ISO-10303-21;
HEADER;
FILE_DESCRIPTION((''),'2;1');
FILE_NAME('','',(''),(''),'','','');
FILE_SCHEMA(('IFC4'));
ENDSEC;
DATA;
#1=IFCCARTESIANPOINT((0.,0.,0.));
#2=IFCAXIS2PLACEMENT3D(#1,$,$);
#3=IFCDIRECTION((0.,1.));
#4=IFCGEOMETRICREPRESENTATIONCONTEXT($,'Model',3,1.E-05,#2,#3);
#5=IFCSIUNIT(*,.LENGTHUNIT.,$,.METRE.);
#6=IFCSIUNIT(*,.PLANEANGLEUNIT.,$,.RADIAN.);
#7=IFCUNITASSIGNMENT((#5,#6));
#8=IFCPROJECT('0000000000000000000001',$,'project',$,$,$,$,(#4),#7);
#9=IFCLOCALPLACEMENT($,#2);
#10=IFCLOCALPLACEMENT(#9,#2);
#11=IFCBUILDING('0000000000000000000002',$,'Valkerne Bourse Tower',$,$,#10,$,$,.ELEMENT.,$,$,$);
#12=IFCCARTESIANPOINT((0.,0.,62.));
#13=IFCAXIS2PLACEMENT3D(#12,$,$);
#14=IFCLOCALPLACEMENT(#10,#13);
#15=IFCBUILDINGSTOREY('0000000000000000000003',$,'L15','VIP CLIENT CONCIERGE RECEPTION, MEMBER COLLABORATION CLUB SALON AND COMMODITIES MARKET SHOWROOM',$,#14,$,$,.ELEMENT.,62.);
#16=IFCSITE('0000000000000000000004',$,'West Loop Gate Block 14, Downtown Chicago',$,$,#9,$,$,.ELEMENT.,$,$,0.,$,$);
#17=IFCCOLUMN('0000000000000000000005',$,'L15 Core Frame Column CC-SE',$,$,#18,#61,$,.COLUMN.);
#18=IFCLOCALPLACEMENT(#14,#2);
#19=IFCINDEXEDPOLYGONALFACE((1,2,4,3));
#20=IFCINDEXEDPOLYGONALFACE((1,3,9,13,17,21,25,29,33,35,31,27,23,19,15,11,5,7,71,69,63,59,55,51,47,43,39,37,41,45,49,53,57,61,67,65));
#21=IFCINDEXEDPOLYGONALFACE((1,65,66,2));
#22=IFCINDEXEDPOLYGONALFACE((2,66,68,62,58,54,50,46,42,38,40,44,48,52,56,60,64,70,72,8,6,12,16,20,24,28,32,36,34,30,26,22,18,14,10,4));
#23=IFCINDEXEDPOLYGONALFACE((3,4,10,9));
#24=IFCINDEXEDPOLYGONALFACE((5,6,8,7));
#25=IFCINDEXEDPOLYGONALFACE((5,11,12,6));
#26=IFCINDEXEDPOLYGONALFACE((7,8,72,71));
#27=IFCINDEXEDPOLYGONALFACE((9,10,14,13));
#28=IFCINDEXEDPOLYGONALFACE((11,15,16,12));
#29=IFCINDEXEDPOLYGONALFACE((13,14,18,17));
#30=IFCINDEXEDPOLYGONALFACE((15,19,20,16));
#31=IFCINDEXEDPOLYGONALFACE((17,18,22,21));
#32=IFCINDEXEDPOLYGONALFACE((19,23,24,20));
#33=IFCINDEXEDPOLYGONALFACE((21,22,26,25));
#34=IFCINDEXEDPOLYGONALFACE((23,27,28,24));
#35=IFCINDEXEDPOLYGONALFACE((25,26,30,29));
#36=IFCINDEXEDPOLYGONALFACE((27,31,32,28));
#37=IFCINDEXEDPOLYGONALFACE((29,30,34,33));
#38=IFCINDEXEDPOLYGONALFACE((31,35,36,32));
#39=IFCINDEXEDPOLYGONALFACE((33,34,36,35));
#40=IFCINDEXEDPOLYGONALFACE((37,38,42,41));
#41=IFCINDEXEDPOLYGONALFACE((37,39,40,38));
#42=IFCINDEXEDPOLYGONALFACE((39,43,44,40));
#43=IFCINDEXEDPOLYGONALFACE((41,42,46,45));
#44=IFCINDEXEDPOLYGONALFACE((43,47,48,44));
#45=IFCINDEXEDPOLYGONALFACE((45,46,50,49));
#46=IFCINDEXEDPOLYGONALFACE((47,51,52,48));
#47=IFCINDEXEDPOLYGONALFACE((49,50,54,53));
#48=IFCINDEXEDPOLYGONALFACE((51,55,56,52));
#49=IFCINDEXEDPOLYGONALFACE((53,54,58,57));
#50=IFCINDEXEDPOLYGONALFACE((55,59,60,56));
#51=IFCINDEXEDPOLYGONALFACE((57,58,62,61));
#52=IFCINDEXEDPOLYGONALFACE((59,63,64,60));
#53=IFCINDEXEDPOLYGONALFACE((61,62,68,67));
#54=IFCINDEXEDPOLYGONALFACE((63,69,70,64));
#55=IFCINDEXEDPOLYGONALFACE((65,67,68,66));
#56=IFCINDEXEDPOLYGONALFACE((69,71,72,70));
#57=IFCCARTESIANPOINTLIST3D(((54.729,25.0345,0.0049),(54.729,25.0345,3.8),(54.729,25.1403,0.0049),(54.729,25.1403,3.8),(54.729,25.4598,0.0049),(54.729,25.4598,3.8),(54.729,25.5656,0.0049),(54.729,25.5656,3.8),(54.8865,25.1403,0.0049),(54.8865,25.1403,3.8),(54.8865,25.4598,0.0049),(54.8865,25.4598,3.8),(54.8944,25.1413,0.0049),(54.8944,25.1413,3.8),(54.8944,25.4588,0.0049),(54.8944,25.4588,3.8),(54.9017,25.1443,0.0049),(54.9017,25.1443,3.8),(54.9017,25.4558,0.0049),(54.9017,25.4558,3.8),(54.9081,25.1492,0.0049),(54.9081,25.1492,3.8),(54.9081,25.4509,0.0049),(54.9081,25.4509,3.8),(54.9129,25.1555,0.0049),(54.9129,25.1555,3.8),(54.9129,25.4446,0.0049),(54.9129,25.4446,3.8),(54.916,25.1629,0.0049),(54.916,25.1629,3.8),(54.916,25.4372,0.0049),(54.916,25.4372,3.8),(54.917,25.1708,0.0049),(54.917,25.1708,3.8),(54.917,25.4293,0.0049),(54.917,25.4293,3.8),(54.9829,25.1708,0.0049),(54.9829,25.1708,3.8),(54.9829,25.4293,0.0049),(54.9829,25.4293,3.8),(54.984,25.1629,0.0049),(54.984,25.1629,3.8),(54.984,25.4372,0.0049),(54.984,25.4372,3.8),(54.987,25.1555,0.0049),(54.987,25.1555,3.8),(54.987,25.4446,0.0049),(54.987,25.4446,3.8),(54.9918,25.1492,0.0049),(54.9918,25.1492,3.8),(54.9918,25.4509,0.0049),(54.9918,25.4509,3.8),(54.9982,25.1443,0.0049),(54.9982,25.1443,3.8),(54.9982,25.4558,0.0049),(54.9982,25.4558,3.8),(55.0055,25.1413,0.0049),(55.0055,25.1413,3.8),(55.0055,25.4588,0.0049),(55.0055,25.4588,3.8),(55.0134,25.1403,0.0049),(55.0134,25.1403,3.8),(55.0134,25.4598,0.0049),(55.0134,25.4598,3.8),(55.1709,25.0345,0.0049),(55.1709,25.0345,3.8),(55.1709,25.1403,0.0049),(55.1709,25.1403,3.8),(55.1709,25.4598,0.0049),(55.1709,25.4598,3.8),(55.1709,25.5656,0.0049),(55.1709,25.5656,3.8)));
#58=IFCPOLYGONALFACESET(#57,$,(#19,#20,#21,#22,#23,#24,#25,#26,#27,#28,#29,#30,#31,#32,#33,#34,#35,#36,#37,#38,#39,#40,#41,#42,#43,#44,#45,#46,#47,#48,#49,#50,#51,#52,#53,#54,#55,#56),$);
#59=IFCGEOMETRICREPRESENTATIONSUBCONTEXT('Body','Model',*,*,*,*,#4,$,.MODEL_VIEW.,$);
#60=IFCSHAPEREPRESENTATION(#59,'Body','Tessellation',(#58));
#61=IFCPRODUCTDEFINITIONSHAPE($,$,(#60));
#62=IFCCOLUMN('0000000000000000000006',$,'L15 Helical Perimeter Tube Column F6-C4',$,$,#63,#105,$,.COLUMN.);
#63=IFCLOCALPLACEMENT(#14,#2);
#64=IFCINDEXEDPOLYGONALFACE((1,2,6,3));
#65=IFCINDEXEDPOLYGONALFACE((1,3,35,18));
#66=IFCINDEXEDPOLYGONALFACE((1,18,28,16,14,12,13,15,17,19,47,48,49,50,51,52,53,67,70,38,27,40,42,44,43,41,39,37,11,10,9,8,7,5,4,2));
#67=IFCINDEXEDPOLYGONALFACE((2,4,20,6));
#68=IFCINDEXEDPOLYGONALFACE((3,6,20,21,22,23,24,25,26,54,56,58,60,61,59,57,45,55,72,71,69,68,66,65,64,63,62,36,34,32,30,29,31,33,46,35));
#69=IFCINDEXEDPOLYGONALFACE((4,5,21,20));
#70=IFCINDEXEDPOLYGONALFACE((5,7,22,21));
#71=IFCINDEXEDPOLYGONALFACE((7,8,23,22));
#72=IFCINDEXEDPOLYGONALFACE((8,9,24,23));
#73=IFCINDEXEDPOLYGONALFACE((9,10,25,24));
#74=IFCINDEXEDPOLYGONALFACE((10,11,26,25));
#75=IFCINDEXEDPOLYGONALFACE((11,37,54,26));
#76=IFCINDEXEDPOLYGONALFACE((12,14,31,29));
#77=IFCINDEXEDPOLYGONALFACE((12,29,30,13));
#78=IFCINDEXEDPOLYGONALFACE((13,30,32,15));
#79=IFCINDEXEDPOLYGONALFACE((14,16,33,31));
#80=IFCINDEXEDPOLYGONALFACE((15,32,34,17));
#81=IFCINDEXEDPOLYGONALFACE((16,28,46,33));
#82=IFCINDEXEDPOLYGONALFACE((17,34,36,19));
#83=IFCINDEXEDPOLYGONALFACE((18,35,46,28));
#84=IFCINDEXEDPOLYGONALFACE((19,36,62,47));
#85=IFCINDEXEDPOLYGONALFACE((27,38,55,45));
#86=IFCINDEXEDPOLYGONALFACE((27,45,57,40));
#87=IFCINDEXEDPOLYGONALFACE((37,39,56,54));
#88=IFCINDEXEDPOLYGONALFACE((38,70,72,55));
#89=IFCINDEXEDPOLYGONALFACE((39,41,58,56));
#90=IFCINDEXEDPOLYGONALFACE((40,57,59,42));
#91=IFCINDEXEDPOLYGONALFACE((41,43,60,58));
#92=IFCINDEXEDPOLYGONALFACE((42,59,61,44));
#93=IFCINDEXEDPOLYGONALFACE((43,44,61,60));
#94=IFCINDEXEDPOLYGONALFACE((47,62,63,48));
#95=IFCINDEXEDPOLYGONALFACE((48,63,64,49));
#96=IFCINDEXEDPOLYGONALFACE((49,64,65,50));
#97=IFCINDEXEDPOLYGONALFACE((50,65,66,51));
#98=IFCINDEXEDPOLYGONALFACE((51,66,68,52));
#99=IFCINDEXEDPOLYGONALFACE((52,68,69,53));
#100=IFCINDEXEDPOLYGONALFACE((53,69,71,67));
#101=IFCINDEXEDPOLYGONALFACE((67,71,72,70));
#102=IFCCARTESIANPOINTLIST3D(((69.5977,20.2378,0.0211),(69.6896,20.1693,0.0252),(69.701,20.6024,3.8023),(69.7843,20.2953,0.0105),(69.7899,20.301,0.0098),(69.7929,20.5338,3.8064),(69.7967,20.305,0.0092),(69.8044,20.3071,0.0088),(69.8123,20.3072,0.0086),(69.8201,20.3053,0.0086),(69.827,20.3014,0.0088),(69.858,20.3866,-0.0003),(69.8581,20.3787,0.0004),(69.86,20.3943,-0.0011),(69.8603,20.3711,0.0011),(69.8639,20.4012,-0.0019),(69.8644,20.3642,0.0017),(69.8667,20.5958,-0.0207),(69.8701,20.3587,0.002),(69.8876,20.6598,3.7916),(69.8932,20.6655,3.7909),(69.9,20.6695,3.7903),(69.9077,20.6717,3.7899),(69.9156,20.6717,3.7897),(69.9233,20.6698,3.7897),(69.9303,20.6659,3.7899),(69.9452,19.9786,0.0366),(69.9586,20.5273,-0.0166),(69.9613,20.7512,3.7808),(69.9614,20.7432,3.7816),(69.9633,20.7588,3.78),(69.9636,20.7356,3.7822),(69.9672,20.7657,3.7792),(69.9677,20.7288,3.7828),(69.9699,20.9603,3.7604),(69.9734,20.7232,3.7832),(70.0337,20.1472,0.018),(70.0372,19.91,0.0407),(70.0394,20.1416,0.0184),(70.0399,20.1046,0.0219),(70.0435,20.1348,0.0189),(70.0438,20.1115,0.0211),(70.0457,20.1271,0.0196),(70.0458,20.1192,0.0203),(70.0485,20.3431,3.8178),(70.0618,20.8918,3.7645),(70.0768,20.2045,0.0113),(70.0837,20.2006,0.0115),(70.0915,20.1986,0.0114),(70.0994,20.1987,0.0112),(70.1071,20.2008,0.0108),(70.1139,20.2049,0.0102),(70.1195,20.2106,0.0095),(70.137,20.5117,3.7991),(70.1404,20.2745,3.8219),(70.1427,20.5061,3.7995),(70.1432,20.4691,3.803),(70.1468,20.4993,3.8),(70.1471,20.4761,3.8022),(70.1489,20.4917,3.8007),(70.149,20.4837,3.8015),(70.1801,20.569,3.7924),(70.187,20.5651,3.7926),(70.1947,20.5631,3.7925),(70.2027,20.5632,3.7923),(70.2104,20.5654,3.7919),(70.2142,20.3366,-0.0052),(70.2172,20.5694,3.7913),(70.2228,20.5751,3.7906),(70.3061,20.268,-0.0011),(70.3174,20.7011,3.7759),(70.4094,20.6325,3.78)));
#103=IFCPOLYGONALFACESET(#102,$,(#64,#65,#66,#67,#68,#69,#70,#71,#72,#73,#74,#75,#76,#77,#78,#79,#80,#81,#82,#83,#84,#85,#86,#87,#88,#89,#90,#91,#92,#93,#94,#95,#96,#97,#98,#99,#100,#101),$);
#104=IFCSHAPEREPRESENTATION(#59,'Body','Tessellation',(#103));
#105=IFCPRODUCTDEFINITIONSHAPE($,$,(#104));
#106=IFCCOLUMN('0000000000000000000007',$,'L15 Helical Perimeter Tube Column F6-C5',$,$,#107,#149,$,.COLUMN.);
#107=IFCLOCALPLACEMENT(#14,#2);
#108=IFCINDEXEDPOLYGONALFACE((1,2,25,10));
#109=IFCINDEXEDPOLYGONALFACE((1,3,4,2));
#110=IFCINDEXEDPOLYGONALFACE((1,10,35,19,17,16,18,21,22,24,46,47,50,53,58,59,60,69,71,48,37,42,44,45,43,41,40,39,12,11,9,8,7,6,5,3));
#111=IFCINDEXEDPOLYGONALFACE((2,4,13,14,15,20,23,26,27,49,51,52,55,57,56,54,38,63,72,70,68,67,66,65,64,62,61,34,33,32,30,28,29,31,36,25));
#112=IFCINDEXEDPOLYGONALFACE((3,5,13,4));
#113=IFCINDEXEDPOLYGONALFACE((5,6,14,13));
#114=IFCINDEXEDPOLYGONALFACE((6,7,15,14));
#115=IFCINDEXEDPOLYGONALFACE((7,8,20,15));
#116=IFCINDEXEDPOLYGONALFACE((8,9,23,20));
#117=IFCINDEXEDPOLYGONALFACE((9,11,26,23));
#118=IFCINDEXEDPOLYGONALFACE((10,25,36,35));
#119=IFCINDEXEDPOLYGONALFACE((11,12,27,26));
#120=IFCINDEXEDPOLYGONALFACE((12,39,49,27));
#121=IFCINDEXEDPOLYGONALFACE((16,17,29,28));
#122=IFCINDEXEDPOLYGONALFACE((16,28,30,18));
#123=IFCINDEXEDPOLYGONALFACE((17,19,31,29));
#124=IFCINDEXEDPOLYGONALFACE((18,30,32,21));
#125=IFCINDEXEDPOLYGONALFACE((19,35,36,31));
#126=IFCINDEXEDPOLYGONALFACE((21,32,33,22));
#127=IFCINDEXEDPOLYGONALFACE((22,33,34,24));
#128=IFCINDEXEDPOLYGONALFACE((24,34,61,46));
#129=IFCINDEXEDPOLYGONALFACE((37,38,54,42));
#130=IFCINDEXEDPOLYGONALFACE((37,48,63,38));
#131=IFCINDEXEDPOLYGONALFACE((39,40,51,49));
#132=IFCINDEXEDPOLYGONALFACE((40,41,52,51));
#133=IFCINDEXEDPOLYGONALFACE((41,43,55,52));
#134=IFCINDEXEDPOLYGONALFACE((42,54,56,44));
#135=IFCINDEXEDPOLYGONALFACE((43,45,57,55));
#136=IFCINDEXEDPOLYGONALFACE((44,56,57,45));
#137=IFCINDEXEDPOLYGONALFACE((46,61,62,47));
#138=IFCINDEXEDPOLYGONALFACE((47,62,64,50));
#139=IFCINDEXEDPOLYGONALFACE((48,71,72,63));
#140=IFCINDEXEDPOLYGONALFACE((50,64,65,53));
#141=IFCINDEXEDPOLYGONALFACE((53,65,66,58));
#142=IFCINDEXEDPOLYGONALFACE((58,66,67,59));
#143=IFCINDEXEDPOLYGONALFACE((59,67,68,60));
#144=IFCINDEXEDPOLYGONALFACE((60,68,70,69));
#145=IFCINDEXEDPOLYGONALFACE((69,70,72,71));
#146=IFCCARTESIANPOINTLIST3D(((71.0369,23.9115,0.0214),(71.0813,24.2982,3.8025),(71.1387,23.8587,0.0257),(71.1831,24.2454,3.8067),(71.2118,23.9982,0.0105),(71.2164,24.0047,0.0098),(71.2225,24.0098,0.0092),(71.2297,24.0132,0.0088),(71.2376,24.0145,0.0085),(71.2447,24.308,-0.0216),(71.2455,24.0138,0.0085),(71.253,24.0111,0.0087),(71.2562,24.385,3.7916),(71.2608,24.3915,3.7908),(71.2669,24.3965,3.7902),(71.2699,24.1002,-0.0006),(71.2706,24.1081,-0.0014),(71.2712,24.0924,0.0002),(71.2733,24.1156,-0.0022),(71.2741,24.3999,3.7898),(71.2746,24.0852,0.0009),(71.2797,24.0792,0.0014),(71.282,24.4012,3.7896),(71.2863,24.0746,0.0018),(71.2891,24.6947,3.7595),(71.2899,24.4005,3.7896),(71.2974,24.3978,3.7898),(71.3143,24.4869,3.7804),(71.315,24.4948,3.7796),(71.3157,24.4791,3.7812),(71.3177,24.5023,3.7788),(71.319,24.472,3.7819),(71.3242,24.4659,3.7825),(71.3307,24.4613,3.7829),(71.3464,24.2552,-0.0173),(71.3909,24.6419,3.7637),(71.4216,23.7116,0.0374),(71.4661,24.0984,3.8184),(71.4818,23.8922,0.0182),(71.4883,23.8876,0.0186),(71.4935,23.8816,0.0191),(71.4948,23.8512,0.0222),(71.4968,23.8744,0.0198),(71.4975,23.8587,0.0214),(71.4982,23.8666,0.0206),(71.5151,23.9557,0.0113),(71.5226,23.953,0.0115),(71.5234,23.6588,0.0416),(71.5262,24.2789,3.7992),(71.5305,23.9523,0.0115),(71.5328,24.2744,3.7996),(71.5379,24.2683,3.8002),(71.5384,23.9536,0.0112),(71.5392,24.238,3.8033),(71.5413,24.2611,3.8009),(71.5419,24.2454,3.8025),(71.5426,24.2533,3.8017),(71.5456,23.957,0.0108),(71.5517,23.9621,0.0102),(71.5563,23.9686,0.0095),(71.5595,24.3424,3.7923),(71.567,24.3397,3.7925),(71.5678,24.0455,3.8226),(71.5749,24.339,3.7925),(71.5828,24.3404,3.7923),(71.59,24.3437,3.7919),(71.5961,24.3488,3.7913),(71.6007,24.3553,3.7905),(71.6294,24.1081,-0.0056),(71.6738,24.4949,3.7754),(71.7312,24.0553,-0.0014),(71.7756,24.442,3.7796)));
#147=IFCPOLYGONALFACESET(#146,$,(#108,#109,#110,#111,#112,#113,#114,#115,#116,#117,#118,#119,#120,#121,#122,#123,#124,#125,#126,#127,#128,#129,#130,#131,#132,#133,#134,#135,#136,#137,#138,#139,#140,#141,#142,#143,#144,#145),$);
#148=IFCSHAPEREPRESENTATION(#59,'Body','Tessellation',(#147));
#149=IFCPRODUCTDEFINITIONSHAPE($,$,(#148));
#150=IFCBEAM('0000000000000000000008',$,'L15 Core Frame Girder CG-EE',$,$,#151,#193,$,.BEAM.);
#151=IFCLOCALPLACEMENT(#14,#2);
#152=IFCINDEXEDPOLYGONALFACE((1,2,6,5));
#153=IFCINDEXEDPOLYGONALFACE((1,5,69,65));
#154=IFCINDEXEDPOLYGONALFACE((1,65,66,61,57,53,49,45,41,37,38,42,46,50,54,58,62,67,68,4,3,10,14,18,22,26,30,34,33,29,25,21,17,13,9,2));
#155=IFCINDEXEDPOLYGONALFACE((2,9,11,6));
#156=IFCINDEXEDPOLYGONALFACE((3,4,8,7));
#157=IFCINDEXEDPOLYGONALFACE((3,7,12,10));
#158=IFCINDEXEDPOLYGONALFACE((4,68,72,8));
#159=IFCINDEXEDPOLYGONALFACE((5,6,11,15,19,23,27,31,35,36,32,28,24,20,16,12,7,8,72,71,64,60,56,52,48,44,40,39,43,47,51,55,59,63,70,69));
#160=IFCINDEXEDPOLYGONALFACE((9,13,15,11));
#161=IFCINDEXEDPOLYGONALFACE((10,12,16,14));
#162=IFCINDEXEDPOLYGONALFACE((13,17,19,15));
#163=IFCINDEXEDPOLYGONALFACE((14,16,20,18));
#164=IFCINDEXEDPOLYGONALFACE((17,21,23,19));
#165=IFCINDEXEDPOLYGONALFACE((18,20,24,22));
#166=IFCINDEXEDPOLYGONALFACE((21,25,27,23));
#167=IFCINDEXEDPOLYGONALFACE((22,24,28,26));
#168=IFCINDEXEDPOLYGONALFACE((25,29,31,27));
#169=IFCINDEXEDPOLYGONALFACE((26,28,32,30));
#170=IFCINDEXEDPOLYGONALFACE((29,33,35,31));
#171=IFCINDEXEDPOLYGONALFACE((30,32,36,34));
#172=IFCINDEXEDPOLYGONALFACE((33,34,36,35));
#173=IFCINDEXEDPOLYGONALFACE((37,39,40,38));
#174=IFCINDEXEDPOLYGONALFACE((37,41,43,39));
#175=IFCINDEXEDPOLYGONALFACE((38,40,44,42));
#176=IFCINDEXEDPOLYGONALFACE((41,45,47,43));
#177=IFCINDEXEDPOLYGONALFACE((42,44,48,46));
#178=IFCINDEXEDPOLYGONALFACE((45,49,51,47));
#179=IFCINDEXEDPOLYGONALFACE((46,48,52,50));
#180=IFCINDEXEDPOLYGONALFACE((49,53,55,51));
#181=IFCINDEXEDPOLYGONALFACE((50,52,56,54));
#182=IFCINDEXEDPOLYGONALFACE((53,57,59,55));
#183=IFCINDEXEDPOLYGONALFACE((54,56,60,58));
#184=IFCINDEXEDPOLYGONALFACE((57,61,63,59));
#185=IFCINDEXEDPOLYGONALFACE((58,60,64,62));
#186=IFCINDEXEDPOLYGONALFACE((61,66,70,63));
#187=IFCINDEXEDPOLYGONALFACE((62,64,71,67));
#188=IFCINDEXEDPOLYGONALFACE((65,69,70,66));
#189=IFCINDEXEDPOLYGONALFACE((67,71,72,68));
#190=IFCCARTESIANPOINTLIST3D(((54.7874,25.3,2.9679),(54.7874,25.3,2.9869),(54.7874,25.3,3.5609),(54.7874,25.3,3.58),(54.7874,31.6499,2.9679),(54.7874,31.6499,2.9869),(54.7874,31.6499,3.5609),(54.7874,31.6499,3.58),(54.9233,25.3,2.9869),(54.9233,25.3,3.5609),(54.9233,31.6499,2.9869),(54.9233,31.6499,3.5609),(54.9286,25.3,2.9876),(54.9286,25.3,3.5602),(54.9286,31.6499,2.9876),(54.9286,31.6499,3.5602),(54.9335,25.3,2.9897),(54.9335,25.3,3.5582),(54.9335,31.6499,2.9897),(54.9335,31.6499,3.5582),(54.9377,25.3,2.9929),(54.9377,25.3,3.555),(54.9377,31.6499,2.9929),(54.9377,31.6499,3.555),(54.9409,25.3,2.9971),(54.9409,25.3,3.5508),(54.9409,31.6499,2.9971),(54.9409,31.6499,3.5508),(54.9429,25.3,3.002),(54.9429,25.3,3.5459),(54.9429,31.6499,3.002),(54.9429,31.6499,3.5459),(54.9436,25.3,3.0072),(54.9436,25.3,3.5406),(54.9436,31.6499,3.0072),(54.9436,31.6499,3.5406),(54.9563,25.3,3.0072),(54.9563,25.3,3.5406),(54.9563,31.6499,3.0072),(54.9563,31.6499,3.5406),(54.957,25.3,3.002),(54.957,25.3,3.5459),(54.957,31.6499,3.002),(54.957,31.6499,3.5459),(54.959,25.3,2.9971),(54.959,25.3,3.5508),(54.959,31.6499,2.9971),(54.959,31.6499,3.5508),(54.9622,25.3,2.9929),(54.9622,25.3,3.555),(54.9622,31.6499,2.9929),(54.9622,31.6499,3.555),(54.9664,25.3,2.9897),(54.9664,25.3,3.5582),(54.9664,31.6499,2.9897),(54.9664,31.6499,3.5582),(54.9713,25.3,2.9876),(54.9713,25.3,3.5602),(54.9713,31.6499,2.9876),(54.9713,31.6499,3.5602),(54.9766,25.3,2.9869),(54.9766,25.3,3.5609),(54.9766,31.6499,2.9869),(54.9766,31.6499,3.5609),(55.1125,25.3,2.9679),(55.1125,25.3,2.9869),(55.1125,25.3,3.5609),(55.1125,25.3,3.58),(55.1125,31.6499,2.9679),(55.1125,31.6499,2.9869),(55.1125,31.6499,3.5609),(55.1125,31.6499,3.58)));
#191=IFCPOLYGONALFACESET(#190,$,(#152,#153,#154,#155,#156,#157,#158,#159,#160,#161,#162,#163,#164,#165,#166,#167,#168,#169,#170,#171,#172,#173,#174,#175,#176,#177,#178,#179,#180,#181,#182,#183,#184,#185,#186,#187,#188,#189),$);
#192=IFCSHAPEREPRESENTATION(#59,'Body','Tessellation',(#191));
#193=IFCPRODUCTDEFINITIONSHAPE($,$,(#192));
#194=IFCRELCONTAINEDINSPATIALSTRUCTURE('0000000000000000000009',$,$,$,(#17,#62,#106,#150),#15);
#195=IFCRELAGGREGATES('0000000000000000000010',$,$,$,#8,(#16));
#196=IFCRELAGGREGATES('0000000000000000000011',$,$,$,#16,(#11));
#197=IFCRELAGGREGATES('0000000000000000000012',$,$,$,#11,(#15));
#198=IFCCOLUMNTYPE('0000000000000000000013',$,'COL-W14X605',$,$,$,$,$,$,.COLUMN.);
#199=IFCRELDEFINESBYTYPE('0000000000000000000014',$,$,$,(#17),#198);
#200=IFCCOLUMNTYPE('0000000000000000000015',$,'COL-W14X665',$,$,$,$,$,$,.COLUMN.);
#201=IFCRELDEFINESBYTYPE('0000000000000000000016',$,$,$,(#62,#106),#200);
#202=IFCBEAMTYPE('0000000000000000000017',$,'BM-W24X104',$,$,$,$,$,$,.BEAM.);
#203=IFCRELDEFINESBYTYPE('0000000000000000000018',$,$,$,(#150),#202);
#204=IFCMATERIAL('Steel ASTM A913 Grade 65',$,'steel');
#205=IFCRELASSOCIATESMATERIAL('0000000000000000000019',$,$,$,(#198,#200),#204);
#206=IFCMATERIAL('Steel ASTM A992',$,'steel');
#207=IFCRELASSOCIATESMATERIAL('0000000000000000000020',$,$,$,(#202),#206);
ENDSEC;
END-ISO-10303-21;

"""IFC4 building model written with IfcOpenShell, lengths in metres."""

from ifc_helpers import new_model, si_unit, direction, frame, origin, origin_2d, place, context, subcontext, project, spatial, i_section, extrude, material, material_profile, profile_set, type_object, element, save


model = new_model("IFC4")

# Units and contexts
model_context = context("Model", 3, precision=1e-05, world=origin(), true_north=direction((0.0, 1.0)))
body_context = subcontext(model_context, "Body", "Model", "MODEL_VIEW")
ifc_project = project(units=[si_unit("LENGTHUNIT", "METRE"), si_unit("PLANEANGLEUNIT", "RADIAN")], contexts=[model_context])

# Site, building, storey
site_placement = place(None, origin())
site = spatial("IfcSite", under=ifc_project, at=site_placement, Name="West Loop Gate Block 14, Downtown Chicago", CompositionType="ELEMENT", RefElevation=0.0)
building_placement = place(site_placement, origin())
building = spatial("IfcBuilding", under=site, at=building_placement, Name="Valkerne Bourse Tower", CompositionType="ELEMENT")
storey_placement = place(building_placement, frame((0.0, 0.0, 62.0)))
storey = spatial("IfcBuildingStorey", under=building, at=storey_placement, Name="L15", Description="VIP CLIENT CONCIERGE RECEPTION, MEMBER COLLABORATION CLUB SALON AND COMMODITIES MARKET SHOWROOM", CompositionType="ELEMENT", Elevation=62.0)

# Columns
ifc_material_1 = material(Name="Steel ASTM A913 Grade 65", Category="steel")
ifc_material_profile_1 = material_profile(ifc_material_1, i_section(OverallWidth=0.4419, OverallDepth=0.531, WebThickness=0.0659, FlangeThickness=0.1057, FilletRadius=0.0305, at=origin_2d()), Name="W14X605")
ifc_profile_set_1 = profile_set([ifc_material_profile_1], Name="Steel ASTM A913 Grade 65")
column_type_1 = type_object("IfcColumnType", Name="COL-W14X605", PredefinedType="COLUMN", material=ifc_profile_set_1)
column_1_placement = place(storey_placement, frame((54.95, 25.3, 0.0049), z_axis=(0.0, 0.0, 1.0), x_axis=(1.0, 0.0, 0.0)))
element("IfcColumn", 1, at=column_1_placement, inside=storey, type_object=column_type_1, Name="L15 Core Frame Column CC-SE", PredefinedType="COLUMN", context=body_context, shape_type="SweptSolid", body=[
    extrude(i_section(OverallWidth=0.4419, OverallDepth=0.531, WebThickness=0.0659, FlangeThickness=0.1057, FilletRadius=0.0305, at=origin_2d()), origin(), (0.0, 0.0, 1.0), 3.7952),
])
ifc_material_profile_2 = material_profile(ifc_material_1, i_section(OverallWidth=0.4497, OverallDepth=0.5486, WebThickness=0.072, FlangeThickness=0.1147, FilletRadius=0.0305, at=origin_2d()), Name="W14X665")
ifc_profile_set_2 = profile_set([ifc_material_profile_2], Name="Steel ASTM A913 Grade 65")
column_type_2 = type_object("IfcColumnType", Name="COL-W14X665", PredefinedType="COLUMN", material=ifc_profile_set_2)
column_2_placement = place(storey_placement, frame((69.9519, 20.2529, 0.01), z_axis=(0.027177, 0.095923, 0.995018), x_axis=(-0.598016, -0.796062, 0.093077)))
element("IfcColumn", 2, at=column_2_placement, inside=storey, type_object=column_type_2, Name="L15 Helical Perimeter Tube Column F6-C4", PredefinedType="COLUMN", context=body_context, shape_type="SweptSolid", body=[
    extrude(i_section(OverallWidth=0.4497, OverallDepth=0.5486, WebThickness=0.072, FlangeThickness=0.1147, FilletRadius=0.0305, at=origin_2d()), origin(), (0.0, 0.0, 1.0), 3.8),
])
column_3_placement = place(storey_placement, frame((71.384, 23.9834, 0.01), z_axis=(0.01169, 0.101742, 0.994742), x_axis=(-0.462032, -0.881695, 0.095609)))
element("IfcColumn", 3, at=column_3_placement, inside=storey, type_object=column_type_2, Name="L15 Helical Perimeter Tube Column F6-C5", PredefinedType="COLUMN", context=body_context, shape_type="SweptSolid", body=[
    extrude(i_section(OverallWidth=0.4497, OverallDepth=0.5486, WebThickness=0.072, FlangeThickness=0.1147, FilletRadius=0.0305, at=origin_2d()), origin(), (0.0, 0.0, 1.0), 3.801),
])

# Beam
ifc_material_2 = material(Name="Steel ASTM A992", Category="steel")
ifc_material_profile_3 = material_profile(ifc_material_2, i_section(OverallWidth=0.3252, OverallDepth=0.6121, WebThickness=0.0127, FlangeThickness=0.019, FilletRadius=0.0203, at=origin_2d()), Name="W24X104")
ifc_profile_set_3 = profile_set([ifc_material_profile_3], Name="Steel ASTM A992")
beam_type_1 = type_object("IfcBeamType", Name="BM-W24X104", PredefinedType="BEAM", material=ifc_profile_set_3)
beam_1_placement = place(storey_placement, frame((54.95, 25.3, 3.2739), z_axis=(0.0, 1.0, 0.0), x_axis=(-1.0, 0.0, 0.0)))
element("IfcBeam", 4, at=beam_1_placement, inside=storey, type_object=beam_type_1, Name="L15 Core Frame Girder CG-EE", PredefinedType="BEAM", context=body_context, shape_type="SweptSolid", body=[
    extrude(i_section(OverallWidth=0.3252, OverallDepth=0.6121, WebThickness=0.0127, FlangeThickness=0.019, FilletRadius=0.0203, at=origin_2d()), origin(), (0.0, 0.0, 1.0), 6.3499),
])

save(model, "model.ifc")
